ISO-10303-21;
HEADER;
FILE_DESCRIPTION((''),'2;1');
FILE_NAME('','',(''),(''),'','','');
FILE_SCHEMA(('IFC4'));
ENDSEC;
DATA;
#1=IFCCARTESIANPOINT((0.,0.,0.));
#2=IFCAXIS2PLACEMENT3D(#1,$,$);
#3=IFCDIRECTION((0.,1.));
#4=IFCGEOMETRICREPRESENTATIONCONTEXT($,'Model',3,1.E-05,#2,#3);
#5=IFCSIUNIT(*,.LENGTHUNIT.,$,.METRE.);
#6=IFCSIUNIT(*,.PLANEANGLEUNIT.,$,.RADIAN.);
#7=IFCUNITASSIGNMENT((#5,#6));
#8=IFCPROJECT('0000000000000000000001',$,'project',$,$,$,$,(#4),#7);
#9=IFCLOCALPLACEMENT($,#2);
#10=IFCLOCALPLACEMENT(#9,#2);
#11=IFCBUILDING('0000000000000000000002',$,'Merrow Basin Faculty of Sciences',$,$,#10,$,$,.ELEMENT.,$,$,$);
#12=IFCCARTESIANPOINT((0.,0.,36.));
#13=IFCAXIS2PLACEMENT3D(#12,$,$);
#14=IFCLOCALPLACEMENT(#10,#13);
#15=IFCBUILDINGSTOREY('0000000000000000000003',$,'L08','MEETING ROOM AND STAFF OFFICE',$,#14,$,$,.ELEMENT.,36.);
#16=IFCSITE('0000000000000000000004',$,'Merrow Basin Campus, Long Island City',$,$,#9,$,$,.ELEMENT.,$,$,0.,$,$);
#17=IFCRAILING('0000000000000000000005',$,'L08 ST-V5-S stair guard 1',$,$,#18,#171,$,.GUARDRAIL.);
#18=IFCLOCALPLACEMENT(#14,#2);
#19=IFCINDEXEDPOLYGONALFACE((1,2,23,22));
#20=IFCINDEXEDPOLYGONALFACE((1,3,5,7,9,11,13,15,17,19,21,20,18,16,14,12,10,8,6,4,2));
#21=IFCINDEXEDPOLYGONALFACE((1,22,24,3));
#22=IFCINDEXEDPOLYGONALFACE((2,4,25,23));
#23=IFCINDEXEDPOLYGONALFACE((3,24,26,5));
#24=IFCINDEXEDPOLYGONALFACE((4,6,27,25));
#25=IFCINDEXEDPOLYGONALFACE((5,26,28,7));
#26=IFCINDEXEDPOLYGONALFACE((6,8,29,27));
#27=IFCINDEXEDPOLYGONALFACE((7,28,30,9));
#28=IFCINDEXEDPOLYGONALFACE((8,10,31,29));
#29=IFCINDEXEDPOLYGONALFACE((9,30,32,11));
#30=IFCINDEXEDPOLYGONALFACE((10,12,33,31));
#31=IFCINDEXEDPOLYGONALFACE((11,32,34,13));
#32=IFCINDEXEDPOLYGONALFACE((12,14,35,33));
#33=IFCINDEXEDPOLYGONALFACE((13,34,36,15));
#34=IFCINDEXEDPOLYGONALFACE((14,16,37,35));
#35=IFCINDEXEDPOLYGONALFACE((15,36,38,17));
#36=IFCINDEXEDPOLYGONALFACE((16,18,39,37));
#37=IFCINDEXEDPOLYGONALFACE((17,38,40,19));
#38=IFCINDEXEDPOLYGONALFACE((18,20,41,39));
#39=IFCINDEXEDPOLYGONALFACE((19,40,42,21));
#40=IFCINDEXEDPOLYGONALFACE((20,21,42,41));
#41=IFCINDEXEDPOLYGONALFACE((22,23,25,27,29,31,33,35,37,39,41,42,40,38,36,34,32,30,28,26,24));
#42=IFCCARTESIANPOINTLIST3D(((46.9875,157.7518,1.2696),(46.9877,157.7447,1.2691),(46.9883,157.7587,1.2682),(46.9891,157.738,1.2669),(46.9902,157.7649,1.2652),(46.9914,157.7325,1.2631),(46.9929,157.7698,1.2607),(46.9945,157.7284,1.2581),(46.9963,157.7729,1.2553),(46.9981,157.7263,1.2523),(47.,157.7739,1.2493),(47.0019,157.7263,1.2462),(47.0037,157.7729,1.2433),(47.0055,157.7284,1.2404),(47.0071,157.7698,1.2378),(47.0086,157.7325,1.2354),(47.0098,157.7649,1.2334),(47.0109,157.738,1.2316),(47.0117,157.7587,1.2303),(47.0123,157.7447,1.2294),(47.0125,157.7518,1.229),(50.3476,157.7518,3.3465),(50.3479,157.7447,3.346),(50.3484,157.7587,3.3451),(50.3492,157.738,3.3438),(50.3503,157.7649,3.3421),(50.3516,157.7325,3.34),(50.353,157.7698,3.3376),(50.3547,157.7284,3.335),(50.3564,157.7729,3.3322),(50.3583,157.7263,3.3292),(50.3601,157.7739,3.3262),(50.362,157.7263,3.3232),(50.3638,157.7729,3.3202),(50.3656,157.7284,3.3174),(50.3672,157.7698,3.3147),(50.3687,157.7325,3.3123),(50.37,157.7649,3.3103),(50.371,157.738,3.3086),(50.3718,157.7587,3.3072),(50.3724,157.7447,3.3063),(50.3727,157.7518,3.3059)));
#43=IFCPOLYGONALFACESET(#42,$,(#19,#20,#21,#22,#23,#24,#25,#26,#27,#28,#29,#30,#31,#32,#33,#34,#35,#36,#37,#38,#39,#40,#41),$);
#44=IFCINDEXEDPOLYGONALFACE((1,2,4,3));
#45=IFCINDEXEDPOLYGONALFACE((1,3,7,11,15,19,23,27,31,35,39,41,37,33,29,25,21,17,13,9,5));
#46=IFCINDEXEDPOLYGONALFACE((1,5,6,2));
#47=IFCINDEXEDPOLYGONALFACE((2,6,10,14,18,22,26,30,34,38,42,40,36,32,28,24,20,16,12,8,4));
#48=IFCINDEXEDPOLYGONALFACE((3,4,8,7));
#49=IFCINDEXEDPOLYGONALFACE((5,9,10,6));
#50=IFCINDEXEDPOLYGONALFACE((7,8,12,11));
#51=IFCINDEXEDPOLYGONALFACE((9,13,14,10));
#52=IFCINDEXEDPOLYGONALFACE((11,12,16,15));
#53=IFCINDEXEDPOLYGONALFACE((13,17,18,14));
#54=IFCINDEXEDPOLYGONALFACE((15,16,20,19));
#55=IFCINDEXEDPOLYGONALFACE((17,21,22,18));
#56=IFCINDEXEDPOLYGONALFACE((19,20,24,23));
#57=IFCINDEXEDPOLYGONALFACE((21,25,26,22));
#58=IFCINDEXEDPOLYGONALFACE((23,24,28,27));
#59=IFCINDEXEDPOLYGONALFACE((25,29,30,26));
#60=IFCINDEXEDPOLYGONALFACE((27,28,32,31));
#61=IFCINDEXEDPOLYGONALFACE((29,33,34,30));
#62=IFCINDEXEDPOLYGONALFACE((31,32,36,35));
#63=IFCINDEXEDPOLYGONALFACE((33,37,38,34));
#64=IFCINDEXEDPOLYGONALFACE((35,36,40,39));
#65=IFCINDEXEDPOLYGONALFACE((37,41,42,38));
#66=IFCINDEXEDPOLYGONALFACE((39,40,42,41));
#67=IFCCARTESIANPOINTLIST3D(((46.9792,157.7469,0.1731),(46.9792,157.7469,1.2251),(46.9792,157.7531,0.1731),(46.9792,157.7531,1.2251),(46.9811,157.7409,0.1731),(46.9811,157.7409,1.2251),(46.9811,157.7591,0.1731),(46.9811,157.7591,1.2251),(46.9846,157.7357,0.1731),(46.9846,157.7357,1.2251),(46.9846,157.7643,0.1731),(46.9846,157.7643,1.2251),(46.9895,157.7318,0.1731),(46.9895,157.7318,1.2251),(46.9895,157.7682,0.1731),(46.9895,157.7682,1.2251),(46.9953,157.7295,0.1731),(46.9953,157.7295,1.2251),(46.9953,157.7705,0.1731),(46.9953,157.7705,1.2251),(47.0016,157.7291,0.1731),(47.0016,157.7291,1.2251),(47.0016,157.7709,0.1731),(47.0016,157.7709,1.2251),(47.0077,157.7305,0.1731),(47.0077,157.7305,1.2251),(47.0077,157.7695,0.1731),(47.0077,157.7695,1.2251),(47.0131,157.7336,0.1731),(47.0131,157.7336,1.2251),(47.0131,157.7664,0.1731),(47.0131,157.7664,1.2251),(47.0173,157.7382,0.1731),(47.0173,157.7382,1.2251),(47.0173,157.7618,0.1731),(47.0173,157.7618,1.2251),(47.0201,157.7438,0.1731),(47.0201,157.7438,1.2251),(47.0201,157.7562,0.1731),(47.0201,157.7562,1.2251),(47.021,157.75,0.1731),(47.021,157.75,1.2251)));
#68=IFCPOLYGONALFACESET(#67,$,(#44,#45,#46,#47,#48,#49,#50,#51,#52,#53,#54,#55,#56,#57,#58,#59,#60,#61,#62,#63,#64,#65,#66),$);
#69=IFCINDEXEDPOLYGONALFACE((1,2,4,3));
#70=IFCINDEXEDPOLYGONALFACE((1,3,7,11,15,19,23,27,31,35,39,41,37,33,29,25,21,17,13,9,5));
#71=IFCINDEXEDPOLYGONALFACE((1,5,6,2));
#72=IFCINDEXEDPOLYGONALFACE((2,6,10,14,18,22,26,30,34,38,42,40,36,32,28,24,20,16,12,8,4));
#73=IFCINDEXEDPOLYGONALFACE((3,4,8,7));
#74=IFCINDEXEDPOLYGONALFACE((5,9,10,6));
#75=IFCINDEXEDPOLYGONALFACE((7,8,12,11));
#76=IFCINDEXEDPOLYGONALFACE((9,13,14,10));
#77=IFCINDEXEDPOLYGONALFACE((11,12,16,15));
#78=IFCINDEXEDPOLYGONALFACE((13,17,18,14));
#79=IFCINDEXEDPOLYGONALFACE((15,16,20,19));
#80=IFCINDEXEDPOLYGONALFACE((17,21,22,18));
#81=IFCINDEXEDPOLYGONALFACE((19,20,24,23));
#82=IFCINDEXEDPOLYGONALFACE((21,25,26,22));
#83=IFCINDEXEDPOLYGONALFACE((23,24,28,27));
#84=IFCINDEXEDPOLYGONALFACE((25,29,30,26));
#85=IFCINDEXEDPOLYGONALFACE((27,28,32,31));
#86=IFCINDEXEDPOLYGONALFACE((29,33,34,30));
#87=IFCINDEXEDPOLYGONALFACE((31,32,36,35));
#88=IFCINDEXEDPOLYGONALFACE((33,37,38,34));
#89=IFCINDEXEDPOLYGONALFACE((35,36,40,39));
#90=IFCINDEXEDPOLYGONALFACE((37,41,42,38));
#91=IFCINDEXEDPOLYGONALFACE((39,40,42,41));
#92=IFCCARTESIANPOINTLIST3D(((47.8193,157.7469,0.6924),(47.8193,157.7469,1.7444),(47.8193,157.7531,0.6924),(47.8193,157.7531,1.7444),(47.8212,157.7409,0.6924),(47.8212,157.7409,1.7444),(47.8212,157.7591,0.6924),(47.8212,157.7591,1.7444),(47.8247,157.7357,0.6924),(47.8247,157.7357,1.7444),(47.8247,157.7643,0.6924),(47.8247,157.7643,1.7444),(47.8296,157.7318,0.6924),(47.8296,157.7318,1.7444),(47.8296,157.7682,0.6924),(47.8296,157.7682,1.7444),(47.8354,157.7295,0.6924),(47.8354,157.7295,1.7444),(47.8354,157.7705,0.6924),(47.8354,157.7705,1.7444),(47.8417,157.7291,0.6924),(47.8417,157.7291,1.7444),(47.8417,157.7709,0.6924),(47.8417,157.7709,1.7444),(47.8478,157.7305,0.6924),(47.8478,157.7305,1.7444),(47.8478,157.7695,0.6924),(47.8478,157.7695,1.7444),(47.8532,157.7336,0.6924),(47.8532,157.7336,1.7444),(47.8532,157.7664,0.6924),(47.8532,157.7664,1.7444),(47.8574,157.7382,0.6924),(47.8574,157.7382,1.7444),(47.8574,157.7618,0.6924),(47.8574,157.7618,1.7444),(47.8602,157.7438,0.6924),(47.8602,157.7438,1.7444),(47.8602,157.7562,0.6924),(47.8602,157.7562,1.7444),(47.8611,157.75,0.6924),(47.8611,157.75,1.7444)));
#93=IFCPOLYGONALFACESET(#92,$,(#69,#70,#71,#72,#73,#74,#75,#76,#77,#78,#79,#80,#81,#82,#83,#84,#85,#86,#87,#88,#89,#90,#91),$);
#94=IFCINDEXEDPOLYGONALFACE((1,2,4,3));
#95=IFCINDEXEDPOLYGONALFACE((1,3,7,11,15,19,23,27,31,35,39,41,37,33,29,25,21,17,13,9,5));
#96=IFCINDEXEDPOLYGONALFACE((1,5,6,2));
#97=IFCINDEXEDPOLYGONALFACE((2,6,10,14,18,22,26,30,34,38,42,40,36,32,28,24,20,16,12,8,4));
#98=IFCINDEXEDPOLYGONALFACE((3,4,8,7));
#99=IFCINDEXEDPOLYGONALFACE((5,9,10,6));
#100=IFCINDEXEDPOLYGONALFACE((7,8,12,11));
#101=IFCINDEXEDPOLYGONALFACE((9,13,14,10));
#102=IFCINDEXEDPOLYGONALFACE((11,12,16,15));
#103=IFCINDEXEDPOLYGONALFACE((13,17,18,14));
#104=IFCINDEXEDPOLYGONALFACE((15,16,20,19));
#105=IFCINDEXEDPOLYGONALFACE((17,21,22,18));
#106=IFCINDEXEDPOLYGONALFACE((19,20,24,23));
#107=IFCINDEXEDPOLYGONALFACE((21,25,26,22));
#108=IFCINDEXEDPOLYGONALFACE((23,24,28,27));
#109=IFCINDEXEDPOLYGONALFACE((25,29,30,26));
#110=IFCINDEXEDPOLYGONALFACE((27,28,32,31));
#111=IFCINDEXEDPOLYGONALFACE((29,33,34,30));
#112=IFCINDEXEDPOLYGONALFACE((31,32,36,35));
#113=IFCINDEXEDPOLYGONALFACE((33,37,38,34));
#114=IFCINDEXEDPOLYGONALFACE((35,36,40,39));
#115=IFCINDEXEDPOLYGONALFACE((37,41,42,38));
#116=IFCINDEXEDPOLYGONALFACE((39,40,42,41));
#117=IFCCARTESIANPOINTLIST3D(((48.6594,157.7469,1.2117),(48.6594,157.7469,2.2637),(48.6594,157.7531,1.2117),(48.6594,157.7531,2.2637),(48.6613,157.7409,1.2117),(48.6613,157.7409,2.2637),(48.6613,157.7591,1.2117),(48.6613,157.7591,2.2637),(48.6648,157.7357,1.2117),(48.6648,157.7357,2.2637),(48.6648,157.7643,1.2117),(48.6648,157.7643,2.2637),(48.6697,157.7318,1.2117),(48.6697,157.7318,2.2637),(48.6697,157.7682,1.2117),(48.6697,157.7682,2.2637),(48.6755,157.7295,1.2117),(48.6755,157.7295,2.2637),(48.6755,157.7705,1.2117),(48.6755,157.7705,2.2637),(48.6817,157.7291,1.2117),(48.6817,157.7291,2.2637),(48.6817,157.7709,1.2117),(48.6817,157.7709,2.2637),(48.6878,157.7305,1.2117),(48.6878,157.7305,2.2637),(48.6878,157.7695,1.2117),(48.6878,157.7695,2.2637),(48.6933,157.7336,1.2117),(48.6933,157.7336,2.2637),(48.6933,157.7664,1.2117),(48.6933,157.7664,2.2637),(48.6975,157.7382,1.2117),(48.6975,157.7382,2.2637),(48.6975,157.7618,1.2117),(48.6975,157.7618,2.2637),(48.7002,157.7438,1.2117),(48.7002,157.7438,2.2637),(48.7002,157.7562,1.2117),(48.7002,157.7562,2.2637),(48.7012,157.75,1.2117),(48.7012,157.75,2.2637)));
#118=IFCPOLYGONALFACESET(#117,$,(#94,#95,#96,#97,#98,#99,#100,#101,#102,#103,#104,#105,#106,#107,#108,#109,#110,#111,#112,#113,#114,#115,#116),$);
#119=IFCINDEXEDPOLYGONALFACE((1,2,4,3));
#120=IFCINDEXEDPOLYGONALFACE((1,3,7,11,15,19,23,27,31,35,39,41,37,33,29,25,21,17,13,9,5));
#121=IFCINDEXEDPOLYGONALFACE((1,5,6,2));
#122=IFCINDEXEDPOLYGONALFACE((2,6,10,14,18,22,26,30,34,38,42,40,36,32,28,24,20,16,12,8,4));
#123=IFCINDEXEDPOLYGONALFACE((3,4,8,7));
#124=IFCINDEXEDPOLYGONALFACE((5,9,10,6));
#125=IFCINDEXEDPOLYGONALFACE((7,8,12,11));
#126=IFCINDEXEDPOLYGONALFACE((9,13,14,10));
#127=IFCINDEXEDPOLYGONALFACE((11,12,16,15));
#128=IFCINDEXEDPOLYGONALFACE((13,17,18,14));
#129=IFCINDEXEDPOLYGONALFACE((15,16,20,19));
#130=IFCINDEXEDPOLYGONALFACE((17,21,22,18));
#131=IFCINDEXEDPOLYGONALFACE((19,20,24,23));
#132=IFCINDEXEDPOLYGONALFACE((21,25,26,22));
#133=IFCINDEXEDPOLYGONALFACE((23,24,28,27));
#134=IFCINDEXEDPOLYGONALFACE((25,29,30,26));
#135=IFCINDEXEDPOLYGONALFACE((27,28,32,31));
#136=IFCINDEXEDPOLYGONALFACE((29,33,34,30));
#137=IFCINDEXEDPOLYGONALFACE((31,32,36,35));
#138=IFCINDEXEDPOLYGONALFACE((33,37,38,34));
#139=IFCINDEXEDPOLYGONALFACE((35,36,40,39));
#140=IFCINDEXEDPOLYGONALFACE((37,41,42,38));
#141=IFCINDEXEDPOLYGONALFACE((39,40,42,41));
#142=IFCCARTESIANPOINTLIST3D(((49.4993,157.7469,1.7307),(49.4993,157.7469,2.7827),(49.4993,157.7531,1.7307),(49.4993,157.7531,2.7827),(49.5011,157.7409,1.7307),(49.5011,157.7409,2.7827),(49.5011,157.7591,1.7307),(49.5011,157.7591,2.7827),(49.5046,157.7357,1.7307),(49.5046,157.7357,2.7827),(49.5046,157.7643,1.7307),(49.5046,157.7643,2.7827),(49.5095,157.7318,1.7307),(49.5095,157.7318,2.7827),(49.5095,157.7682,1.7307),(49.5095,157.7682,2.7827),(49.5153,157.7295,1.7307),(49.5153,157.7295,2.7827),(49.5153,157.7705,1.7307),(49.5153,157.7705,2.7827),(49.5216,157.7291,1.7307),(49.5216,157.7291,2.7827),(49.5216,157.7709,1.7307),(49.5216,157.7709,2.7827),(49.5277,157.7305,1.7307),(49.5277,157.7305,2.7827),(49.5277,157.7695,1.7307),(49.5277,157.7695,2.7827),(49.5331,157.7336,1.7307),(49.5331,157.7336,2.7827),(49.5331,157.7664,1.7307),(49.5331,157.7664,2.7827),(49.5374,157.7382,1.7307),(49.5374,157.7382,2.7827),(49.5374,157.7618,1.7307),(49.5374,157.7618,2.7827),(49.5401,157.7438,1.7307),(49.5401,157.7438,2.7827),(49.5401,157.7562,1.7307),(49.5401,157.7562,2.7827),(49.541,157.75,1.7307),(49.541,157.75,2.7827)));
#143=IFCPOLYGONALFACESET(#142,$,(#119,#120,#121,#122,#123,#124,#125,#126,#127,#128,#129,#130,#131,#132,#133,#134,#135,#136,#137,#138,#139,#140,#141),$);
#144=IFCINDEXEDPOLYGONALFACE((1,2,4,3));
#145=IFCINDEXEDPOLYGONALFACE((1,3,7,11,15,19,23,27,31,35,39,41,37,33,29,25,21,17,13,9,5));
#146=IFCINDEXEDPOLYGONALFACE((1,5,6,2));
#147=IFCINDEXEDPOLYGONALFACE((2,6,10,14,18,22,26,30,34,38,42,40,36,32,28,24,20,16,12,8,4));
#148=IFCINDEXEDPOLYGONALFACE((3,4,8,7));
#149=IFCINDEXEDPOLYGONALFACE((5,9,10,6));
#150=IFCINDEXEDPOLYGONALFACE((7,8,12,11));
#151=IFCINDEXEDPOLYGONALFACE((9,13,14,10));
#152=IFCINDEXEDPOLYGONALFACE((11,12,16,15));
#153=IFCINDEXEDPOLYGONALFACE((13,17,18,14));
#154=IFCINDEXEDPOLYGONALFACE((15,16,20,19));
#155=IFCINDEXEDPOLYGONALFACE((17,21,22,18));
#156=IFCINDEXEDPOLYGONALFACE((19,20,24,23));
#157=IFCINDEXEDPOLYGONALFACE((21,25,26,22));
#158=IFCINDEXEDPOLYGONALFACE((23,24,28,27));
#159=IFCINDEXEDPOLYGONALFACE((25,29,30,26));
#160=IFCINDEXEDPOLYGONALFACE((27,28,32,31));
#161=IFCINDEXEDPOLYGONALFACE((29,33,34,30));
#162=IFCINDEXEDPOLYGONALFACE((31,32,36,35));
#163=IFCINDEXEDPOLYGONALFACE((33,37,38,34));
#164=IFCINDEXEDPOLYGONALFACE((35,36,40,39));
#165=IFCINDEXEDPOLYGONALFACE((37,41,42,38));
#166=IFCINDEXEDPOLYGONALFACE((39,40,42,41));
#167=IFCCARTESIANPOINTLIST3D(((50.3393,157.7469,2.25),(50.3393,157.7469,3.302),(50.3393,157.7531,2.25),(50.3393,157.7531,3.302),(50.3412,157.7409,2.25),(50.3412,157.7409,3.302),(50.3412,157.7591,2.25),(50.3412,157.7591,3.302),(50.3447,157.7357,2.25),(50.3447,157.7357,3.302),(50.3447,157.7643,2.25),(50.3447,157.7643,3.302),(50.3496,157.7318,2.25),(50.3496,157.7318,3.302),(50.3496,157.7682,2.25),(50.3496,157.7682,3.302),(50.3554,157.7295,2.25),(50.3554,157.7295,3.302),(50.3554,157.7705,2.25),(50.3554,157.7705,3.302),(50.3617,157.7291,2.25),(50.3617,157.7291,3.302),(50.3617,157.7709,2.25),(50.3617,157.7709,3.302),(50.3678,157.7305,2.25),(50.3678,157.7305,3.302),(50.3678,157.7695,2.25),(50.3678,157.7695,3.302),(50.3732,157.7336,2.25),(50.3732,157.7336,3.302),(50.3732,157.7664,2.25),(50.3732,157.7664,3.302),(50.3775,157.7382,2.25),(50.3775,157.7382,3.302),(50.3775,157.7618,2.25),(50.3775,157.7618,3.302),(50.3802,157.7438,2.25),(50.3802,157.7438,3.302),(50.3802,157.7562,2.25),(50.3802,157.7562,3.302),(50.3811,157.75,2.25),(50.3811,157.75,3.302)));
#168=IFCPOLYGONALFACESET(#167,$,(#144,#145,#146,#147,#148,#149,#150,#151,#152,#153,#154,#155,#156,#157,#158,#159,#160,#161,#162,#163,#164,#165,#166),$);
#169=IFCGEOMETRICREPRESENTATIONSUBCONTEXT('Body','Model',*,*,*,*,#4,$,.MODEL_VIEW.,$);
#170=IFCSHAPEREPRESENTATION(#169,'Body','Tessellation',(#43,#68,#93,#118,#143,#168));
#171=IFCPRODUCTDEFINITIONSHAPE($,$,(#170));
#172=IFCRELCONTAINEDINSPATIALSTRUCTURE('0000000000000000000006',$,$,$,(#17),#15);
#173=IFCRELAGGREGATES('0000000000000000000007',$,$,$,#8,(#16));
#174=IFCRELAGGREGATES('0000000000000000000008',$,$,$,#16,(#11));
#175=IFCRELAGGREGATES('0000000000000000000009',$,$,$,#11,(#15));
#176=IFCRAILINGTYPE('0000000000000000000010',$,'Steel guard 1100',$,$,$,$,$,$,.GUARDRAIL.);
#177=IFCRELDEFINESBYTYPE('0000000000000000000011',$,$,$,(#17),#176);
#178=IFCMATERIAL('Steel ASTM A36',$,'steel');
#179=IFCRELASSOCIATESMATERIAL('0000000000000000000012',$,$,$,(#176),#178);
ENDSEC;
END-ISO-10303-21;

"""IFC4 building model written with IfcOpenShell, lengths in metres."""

from ifc_helpers import new_model, si_unit, direction, frame, origin, origin_2d, place, context, subcontext, project, spatial, circle, extrude, material, type_object, element, save


model = new_model("IFC4")

# Units and contexts
model_context = context("Model", 3, precision=1e-05, world=origin(), true_north=direction((0.0, 1.0)))
body_context = subcontext(model_context, "Body", "Model", "MODEL_VIEW")
ifc_project = project(units=[si_unit("LENGTHUNIT", "METRE"), si_unit("PLANEANGLEUNIT", "RADIAN")], contexts=[model_context])

# Site, building, storey
site_placement = place(None, origin())
site = spatial("IfcSite", under=ifc_project, at=site_placement, Name="Merrow Basin Campus, Long Island City", CompositionType="ELEMENT", RefElevation=0.0)
building_placement = place(site_placement, origin())
building = spatial("IfcBuilding", under=site, at=building_placement, Name="Merrow Basin Faculty of Sciences", CompositionType="ELEMENT")
storey_placement = place(building_placement, frame((0.0, 0.0, 36.0)))
storey = spatial("IfcBuildingStorey", under=building, at=storey_placement, Name="L08", Description="MEETING ROOM AND STAFF OFFICE", CompositionType="ELEMENT", Elevation=36.0)

# Railing
ifc_material_1 = material(Name="Steel ASTM A36", Category="steel")
railing_type_1 = type_object("IfcRailingType", Name="Steel guard 1100", PredefinedType="GUARDRAIL", material=ifc_material_1)
railing_1_placement = place(storey_placement, frame((47.0, 157.75, 0.1731)))
element("IfcRailing", 1, at=railing_1_placement, inside=storey, type_object=railing_type_1, Name="L08 ST-V5-S stair guard 1", PredefinedType="GUARDRAIL", context=body_context, shape_type="SweptSolid", body=[
    extrude(circle(Radius=0.0239, at=origin_2d()), frame((0.0, 0.0, 1.0762), z_axis=(0.850623, 0.0, 0.525776), x_axis=(0.0, 1.0, 0.0)), (0.0, 0.0, 1.0), 3.9502),
    extrude(circle(Radius=0.021, at=origin_2d()), origin(), (0.0, 0.0, 1.0), 1.052),
    extrude(circle(Radius=0.021, at=origin_2d()), frame((0.8401, 0.0, 0.5193)), (0.0, 0.0, 1.0), 1.052),
    extrude(circle(Radius=0.021, at=origin_2d()), frame((1.6802, 0.0, 1.0386)), (0.0, 0.0, 1.0), 1.052),
    extrude(circle(Radius=0.021, at=origin_2d()), frame((2.52, 0.0, 1.5576)), (0.0, 0.0, 1.0), 1.052),
    extrude(circle(Radius=0.021, at=origin_2d()), frame((3.3601, 0.0, 2.0769)), (0.0, 0.0, 1.0), 1.052),
])

save(model, "model.ifc")
